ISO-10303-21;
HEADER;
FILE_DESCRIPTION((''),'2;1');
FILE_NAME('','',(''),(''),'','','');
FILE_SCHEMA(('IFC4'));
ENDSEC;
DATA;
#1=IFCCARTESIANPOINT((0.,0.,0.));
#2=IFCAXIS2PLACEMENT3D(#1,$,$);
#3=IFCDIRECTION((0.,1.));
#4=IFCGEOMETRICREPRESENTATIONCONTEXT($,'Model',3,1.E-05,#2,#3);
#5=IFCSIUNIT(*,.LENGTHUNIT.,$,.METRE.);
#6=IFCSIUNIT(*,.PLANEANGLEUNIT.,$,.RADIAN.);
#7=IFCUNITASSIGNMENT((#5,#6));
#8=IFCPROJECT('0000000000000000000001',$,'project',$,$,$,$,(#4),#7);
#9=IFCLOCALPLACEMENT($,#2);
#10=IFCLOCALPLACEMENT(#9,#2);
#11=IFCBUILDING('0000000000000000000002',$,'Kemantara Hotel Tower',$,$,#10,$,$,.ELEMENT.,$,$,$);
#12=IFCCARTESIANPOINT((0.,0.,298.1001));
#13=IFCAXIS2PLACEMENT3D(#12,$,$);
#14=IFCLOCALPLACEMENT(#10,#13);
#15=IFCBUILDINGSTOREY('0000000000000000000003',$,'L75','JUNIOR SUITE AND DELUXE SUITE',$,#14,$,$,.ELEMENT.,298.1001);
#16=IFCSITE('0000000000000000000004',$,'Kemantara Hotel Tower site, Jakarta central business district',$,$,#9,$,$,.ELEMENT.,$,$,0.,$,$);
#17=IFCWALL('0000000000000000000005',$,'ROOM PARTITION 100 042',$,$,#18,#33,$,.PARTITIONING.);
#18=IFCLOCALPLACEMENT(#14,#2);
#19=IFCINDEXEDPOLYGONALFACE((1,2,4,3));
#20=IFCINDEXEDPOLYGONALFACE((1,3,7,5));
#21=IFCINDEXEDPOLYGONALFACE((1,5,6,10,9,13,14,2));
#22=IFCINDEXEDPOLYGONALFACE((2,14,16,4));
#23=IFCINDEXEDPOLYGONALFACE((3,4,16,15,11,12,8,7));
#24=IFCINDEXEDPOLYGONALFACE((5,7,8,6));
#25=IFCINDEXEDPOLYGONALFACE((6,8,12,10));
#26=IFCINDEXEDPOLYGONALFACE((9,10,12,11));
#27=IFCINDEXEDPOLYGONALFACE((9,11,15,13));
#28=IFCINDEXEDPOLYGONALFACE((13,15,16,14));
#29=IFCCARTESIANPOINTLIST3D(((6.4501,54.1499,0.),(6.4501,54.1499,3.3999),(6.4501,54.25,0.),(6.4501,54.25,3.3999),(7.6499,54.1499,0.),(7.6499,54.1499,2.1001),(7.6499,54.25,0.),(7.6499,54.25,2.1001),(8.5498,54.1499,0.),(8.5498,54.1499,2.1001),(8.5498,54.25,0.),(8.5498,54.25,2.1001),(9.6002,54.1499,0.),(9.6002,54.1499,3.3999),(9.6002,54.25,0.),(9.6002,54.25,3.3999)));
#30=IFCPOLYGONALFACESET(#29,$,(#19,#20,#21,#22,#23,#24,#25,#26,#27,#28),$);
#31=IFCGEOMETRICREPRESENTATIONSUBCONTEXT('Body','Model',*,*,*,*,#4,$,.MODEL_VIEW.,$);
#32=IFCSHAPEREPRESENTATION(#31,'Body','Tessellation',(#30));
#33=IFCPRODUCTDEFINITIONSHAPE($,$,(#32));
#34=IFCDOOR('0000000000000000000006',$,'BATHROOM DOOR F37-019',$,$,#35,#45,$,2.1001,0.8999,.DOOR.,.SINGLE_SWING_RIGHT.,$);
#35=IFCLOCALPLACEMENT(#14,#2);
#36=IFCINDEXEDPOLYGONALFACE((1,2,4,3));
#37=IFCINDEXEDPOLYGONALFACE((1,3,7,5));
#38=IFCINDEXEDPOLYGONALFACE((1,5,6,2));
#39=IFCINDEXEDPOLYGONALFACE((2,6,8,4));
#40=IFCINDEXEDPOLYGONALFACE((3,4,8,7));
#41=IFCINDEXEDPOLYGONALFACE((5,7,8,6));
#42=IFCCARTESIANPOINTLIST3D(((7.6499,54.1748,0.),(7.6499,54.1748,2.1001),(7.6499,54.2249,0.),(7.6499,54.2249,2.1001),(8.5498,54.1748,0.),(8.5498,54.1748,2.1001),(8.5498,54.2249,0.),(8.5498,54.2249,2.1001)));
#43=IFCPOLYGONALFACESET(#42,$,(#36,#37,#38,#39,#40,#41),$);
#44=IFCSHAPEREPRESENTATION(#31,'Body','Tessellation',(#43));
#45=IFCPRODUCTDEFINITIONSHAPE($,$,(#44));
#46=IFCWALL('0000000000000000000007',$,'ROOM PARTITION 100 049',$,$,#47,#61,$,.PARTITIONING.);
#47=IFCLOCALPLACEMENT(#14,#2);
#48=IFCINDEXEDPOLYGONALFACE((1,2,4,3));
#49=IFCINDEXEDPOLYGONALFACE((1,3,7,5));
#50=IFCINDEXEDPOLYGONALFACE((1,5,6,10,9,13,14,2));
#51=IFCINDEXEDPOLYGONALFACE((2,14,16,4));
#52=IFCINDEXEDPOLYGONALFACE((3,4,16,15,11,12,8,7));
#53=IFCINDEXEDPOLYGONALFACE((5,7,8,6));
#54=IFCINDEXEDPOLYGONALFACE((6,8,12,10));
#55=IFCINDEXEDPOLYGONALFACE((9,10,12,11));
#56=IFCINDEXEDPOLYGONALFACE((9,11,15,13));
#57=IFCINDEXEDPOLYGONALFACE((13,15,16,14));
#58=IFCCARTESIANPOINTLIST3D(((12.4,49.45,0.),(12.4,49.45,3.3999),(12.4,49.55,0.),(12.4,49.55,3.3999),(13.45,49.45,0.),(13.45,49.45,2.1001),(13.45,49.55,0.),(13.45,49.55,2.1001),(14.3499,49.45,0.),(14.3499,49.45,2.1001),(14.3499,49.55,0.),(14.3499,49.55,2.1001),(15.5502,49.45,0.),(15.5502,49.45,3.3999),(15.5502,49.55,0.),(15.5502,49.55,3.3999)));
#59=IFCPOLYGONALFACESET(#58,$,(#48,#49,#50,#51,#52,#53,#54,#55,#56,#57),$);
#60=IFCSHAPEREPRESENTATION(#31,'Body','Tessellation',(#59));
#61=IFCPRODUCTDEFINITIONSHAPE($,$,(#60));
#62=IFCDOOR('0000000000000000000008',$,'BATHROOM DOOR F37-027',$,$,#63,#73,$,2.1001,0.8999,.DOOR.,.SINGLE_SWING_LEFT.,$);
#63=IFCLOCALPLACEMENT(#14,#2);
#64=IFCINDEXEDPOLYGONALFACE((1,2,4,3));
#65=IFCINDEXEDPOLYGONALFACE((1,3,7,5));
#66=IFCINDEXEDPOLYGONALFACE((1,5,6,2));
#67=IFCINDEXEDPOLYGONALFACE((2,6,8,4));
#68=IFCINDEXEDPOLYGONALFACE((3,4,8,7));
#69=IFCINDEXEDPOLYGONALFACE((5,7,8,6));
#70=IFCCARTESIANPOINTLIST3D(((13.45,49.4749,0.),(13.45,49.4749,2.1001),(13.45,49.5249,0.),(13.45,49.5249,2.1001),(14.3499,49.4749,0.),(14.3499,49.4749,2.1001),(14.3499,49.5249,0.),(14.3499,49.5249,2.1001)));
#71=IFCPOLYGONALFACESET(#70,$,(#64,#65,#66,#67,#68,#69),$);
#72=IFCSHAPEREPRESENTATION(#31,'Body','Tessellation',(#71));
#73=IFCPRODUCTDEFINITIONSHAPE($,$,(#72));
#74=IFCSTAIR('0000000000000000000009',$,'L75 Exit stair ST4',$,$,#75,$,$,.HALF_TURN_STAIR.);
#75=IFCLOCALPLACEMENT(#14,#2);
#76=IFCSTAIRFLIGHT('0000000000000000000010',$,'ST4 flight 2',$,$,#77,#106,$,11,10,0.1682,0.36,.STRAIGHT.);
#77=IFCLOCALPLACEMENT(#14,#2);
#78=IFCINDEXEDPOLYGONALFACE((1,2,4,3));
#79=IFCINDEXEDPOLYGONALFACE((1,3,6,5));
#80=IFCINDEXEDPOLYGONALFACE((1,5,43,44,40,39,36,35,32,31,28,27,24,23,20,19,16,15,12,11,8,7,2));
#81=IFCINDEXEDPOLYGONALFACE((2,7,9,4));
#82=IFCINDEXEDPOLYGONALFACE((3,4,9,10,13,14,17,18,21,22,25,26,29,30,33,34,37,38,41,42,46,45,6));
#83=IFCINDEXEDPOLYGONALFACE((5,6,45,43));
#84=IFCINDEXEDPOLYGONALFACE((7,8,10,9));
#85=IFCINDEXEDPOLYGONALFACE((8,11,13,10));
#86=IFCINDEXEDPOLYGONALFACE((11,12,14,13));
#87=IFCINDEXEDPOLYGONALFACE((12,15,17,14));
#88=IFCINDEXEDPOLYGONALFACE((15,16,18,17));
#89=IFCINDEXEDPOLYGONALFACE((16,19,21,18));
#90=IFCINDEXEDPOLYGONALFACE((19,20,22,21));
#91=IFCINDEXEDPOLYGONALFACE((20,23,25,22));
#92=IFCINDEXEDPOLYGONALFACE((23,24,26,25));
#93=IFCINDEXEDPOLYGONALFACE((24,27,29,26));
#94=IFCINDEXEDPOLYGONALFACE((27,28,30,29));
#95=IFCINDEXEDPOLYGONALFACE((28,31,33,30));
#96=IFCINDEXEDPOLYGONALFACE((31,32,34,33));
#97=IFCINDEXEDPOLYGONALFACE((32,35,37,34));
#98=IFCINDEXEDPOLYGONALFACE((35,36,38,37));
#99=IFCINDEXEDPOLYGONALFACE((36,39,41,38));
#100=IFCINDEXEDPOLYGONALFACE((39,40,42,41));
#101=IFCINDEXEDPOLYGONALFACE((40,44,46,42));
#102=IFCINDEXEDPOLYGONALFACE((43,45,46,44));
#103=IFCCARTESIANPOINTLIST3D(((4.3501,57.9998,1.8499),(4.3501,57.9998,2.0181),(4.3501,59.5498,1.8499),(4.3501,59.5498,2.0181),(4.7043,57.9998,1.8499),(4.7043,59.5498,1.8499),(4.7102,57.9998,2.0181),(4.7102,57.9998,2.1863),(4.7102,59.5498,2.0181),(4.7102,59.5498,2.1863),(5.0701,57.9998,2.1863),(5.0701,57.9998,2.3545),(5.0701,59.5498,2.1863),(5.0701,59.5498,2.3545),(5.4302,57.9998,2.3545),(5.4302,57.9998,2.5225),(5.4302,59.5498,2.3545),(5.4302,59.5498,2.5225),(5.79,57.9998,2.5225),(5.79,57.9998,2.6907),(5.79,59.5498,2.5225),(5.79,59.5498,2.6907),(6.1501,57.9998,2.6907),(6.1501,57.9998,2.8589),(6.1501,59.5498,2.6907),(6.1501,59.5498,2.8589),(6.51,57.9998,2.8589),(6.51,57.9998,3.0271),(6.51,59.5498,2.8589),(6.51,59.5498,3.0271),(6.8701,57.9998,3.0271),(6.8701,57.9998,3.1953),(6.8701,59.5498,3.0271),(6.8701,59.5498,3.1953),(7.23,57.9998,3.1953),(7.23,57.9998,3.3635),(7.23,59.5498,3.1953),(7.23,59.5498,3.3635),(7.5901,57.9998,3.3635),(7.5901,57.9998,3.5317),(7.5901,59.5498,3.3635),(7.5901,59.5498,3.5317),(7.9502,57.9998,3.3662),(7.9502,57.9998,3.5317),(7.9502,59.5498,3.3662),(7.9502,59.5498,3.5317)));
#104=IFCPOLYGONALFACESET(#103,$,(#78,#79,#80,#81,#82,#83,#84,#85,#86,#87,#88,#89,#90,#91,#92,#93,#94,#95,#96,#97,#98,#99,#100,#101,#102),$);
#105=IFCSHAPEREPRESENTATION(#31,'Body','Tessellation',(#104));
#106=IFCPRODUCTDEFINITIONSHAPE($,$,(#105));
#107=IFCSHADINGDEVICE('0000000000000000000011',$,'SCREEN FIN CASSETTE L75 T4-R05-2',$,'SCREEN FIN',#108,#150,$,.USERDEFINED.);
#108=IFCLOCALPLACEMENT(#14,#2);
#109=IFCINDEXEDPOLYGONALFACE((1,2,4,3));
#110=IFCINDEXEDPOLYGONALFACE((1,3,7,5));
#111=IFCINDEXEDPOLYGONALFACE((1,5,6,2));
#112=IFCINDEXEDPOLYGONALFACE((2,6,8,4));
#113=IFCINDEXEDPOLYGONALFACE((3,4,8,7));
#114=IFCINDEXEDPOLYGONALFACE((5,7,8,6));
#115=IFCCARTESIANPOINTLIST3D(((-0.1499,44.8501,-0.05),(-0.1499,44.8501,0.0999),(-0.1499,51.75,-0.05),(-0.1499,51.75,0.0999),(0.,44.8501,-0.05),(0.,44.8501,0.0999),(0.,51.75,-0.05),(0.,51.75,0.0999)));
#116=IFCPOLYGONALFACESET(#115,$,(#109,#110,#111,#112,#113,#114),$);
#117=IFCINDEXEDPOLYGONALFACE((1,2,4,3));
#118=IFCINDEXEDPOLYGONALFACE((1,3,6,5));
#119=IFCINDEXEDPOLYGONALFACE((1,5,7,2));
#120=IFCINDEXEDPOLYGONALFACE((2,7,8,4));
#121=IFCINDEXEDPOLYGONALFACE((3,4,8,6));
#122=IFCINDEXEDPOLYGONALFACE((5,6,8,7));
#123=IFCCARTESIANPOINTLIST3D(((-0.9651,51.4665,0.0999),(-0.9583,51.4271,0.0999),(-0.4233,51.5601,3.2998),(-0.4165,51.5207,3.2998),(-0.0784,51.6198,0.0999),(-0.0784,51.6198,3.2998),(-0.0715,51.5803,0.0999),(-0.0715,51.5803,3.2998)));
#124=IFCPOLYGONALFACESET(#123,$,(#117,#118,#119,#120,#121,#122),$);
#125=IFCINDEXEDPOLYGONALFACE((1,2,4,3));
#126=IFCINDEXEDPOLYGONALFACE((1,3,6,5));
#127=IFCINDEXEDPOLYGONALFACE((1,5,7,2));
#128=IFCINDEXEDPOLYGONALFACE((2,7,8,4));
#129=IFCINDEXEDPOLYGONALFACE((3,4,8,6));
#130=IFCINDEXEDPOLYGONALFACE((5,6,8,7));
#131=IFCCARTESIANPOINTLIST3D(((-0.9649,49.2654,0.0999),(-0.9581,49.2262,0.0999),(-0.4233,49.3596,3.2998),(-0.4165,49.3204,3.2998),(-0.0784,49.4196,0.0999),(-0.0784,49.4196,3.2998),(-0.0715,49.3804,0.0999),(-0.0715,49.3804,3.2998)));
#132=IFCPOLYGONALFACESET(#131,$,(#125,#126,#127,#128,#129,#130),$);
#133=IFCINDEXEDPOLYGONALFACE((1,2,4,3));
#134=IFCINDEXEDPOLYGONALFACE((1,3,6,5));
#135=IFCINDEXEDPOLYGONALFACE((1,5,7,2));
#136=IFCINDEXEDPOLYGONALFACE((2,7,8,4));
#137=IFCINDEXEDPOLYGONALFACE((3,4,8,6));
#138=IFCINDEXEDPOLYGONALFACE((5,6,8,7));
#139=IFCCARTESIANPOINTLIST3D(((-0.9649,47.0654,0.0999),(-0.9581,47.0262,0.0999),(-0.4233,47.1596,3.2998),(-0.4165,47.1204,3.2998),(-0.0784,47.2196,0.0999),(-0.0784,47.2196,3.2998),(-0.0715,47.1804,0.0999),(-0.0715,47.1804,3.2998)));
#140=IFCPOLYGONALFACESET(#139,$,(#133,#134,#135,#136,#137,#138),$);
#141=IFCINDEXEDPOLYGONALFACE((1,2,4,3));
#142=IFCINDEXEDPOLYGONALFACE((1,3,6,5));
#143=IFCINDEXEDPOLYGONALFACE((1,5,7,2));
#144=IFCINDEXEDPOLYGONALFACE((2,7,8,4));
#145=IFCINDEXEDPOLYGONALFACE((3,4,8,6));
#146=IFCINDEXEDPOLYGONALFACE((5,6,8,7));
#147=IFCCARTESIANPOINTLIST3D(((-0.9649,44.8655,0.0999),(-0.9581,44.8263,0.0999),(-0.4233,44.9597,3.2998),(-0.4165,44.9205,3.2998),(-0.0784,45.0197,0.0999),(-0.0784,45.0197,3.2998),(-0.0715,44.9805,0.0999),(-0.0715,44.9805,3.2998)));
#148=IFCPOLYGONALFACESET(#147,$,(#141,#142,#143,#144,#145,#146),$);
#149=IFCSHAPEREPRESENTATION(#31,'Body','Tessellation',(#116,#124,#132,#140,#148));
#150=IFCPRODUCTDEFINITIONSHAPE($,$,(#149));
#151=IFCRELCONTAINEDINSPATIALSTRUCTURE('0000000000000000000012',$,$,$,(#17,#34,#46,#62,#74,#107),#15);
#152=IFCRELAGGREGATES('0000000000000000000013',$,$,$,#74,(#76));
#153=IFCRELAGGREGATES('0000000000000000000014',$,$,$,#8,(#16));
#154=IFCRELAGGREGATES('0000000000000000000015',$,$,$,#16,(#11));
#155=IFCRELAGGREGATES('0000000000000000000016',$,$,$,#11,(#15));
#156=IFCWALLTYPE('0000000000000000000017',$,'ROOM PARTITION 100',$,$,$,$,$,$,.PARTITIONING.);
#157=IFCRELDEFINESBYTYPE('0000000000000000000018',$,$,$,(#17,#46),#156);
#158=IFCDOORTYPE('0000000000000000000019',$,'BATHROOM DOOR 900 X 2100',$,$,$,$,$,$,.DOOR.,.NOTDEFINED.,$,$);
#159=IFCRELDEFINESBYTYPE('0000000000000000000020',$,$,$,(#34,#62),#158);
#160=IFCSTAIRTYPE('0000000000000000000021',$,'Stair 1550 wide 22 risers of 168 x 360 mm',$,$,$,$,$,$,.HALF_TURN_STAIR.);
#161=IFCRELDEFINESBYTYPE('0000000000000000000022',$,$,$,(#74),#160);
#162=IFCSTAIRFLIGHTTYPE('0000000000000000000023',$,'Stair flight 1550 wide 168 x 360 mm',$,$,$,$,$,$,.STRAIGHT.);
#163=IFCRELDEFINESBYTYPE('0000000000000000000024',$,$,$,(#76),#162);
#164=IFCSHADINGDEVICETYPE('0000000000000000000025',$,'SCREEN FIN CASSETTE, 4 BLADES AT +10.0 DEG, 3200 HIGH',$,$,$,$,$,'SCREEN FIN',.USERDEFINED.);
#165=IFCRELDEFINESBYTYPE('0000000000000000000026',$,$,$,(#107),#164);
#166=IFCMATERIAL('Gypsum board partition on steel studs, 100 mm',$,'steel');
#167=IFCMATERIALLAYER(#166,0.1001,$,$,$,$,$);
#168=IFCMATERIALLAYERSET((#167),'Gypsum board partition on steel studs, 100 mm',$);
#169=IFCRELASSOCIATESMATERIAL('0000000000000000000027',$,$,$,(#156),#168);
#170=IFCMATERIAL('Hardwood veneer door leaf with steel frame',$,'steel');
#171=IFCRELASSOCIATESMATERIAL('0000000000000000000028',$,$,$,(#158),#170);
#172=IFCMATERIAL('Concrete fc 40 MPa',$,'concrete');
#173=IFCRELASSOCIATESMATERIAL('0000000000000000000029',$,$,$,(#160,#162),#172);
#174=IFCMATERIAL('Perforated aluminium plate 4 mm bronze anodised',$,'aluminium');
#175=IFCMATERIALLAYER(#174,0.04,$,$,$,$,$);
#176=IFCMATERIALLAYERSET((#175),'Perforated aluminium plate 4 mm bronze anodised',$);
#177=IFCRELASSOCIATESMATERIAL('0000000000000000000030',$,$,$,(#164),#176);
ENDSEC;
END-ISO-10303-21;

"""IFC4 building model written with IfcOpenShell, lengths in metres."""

from ifc_helpers import new_model, si_unit, direction, frame, frame_2d, origin, origin_2d, place, context, subcontext, project, spatial, polyline, rectangle, outline, extrude, source, transform, mapped, material, layer, layer_set, type_object, element, fill, aggregate, save


model = new_model("IFC4")

# Units and contexts
model_context = context("Model", 3, precision=1e-05, world=origin(), true_north=direction((0.0, 1.0)))
body_context = subcontext(model_context, "Body", "Model", "MODEL_VIEW")
ifc_project = project(units=[si_unit("LENGTHUNIT", "METRE"), si_unit("PLANEANGLEUNIT", "RADIAN")], contexts=[model_context])

# Site, building, storey
site_placement = place(None, origin())
site = spatial("IfcSite", under=ifc_project, at=site_placement, Name="Kemantara Hotel Tower site, Jakarta central business district", CompositionType="ELEMENT", RefElevation=0.0)
building_placement = place(site_placement, origin())
building = spatial("IfcBuilding", under=site, at=building_placement, Name="Kemantara Hotel Tower", CompositionType="ELEMENT")
storey_placement = place(building_placement, frame((0.0, 0.0, 298.1001)))
storey = spatial("IfcBuildingStorey", under=building, at=storey_placement, Name="L75", Description="JUNIOR SUITE AND DELUXE SUITE", CompositionType="ELEMENT", Elevation=298.1001)

# Shared definitions
ifc_material_1 = material(Name="Hardwood veneer door leaf with steel frame", Category="steel")
ifc_material_2 = material(Name="Concrete fc 40 MPa", Category="concrete")

# Shared definitions
ifc_material_3 = material(Name="Gypsum board partition on steel studs, 100 mm", Category="steel")
ifc_layer_1 = layer(ifc_material_3, 0.1001)
ifc_layer_set_1 = layer_set([ifc_layer_1], Name="Gypsum board partition on steel studs, 100 mm")
wall_type_1 = type_object("IfcWallType", Name="ROOM PARTITION 100", PredefinedType="PARTITIONING", material=ifc_layer_set_1)

# Walls, openings, doors
wall_1_placement = place(storey_placement, frame((6.45, 54.2, 0.0), z_axis=(0.0, 0.0, 1.0), x_axis=(1.0, 0.0, 0.0)))
wall_1 = element("IfcWall", 1, at=wall_1_placement, inside=storey, type_object=wall_type_1, Name="ROOM PARTITION 100 042", PredefinedType="PARTITIONING", context=body_context, shape_type="SweptSolid", body=[
    extrude(rectangle(XDim=3.1501, YDim=0.1001, at=frame_2d((1.5752, 0.0))), origin(), (0.0, 0.0, 1.0), 3.3999),
])
opening_1_placement = place(wall_1_placement, frame((1.2, 0.0, 0.0)))
opening_1 = element("IfcOpeningElement", 2, at=opening_1_placement, cuts=wall_1, PredefinedType="OPENING", context=body_context, shape_type="SweptSolid", body=[
    extrude(rectangle(XDim=0.8999, YDim=2.1001, at=frame_2d((0.45, 1.05))), frame((0.0, 0.0601, 0.0), z_axis=(0.0, -1.0, 0.0), x_axis=(1.0, 0.0, 0.0)), (0.0, 0.0, 1.0), 0.1201),
])
door_type_1 = type_object("IfcDoorType", Name="BATHROOM DOOR 900 X 2100", OperationType="NOTDEFINED", PredefinedType="DOOR", material=ifc_material_1)
door_1_placement = place(opening_1_placement, origin())
door_1 = element("IfcDoor", 3, at=door_1_placement, inside=storey, type_object=door_type_1, Name="BATHROOM DOOR F37-019", OperationType="SINGLE_SWING_RIGHT", OverallHeight=2.1001, OverallWidth=0.8999, PredefinedType="DOOR", context=body_context, shape_type="SweptSolid", body=[
    extrude(rectangle(XDim=0.8999, YDim=2.1001, at=frame_2d((0.45, 1.05))), frame((0.0, 0.0249, 0.0), z_axis=(0.0, -1.0, 0.0), x_axis=(1.0, 0.0, 0.0)), (0.0, 0.0, 1.0), 0.05),
])
fill(opening_1, door_1)
wall_2_placement = place(storey_placement, frame((12.3999, 49.5, 0.0), z_axis=(0.0, 0.0, 1.0), x_axis=(1.0, 0.0, 0.0)))
wall_2 = element("IfcWall", 4, at=wall_2_placement, inside=storey, type_object=wall_type_1, Name="ROOM PARTITION 100 049", PredefinedType="PARTITIONING", context=body_context, shape_type="SweptSolid", body=[
    extrude(rectangle(XDim=3.1501, YDim=0.1001, at=frame_2d((1.5752, 0.0))), origin(), (0.0, 0.0, 1.0), 3.3999),
])
opening_2_placement = place(wall_2_placement, frame((1.05, 0.0, 0.0)))
opening_2 = element("IfcOpeningElement", 5, at=opening_2_placement, cuts=wall_2, PredefinedType="OPENING", context=body_context, shape_type="SweptSolid", body=[
    extrude(rectangle(XDim=0.8999, YDim=2.1001, at=frame_2d((0.45, 1.05))), frame((0.0, 0.0601, 0.0), z_axis=(0.0, -1.0, 0.0), x_axis=(1.0, 0.0, 0.0)), (0.0, 0.0, 1.0), 0.1201),
])
door_2_placement = place(opening_2_placement, origin())
door_2 = element("IfcDoor", 6, at=door_2_placement, inside=storey, type_object=door_type_1, Name="BATHROOM DOOR F37-027", OperationType="SINGLE_SWING_LEFT", OverallHeight=2.1001, OverallWidth=0.8999, PredefinedType="DOOR", context=body_context, shape_type="SweptSolid", body=[
    extrude(rectangle(XDim=0.8999, YDim=2.1001, at=frame_2d((0.45, 1.05))), frame((0.0, 0.0249, 0.0), z_axis=(0.0, -1.0, 0.0), x_axis=(1.0, 0.0, 0.0)), (0.0, 0.0, 1.0), 0.05),
])
fill(opening_2, door_2)

# Stair, stair flight
stair_type = type_object("IfcStairType", Name="Stair 1550 wide 22 risers of 168 x 360 mm", PredefinedType="HALF_TURN_STAIR", material=ifc_material_2)
stair_placement = place(storey_placement, origin())
stair = element("IfcStair", 7, at=stair_placement, inside=storey, type_object=stair_type, Name="L75 Exit stair ST4", PredefinedType="HALF_TURN_STAIR")
stair_flight_type = type_object("IfcStairFlightType", Name="Stair flight 1550 wide 168 x 360 mm", PredefinedType="STRAIGHT", material=ifc_material_2)
stair_flight_placement = place(storey_placement, frame((4.3501, 58.7749, 1.8499), z_axis=(0.0, 0.0, 1.0), x_axis=(1.0, 0.0, 0.0)))
stair_flight = element("IfcStairFlight", 8, at=stair_flight_placement, type_object=stair_flight_type, Name="ST4 flight 2", NumberOfRisers=11, NumberOfTreads=10, PredefinedType="STRAIGHT", RiserHeight=0.1682, TreadLength=0.36, context=body_context, shape_type="SweptSolid", body=[
    extrude(outline(polyline([(0.0, 0.0), (0.0, 0.1682), (0.3601, 0.1682), (0.3601, 0.3364), (0.72, 0.3364), (0.72, 0.5046), (1.0801, 0.5046), (1.0801, 0.6726), (1.4399, 0.6726), (1.4399, 0.8408), (1.8, 0.8408), (1.8, 1.009), (2.1599, 1.009), (2.1599, 1.1772), (2.52, 1.1772), (2.52, 1.3455), (2.8799, 1.3455), (2.8799, 1.5137), (3.24, 1.5137), (3.24, 1.6819), (3.6001, 1.6819), (3.6001, 1.8501), (3.6001, 1.5164), (0.3542, 0.0), (0.0, 0.0)])), frame((0.0, 0.7749, 0.0), z_axis=(0.0, -1.0, 0.0), x_axis=(1.0, 0.0, 0.0)), (0.0, 0.0, 1.0), 1.55),
])
aggregate(stair, [stair_flight])

# Shading device
ifc_material_4 = material(Name="Perforated aluminium plate 4 mm bronze anodised", Category="aluminium")
ifc_layer_2 = layer(ifc_material_4, 0.04)
ifc_layer_set_2 = layer_set([ifc_layer_2], Name="Perforated aluminium plate 4 mm bronze anodised")
shading_device_type_1 = type_object("IfcShadingDeviceType", Name="SCREEN FIN CASSETTE, 4 BLADES AT +10.0 DEG, 3200 HIGH", ElementType="SCREEN FIN", PredefinedType="USERDEFINED", material=ifc_layer_set_2)
shared_shape_1 = source(origin(), body_context, "Body", "SweptSolid", [
    extrude(rectangle(XDim=6.8999, YDim=0.1499, at=origin_2d()), frame((3.3, -0.075, -0.1499), z_axis=(0.0, 0.0, 1.0), x_axis=(1.0, 0.0, 0.0)), (0.0, 0.0, 1.0), 0.1499),
    extrude(outline(polyline([(0.0, 0.0), (0.8999, 0.0), (0.3501, 3.2), (0.0, 3.2), (0.0, 0.0)])), frame((0.0198, -0.0715, 0.0), z_axis=(-0.98539, -0.170314, 0.0), x_axis=(0.170314, -0.98539, 0.0)), (0.0, 0.0, 1.0), 0.04),
    extrude(outline(polyline([(0.0, 0.0), (0.8999, 0.0), (0.3501, 3.2), (0.0, 3.2), (0.0, 0.0)])), frame((2.2197, -0.0715, 0.0), z_axis=(-0.985212, -0.171341, 0.0), x_axis=(0.171341, -0.985212, 0.0)), (0.0, 0.0, 1.0), 0.0398),
    extrude(outline(polyline([(0.0, 0.0), (0.8999, 0.0), (0.3501, 3.2), (0.0, 3.2), (0.0, 0.0)])), frame((4.4197, -0.0715, 0.0), z_axis=(-0.985212, -0.171341, 0.0), x_axis=(0.171341, -0.985212, 0.0)), (0.0, 0.0, 1.0), 0.0398),
    extrude(outline(polyline([(0.0, 0.0), (0.8999, 0.0), (0.3501, 3.2), (0.0, 3.2), (0.0, 0.0)])), frame((6.6196, -0.0715, 0.0), z_axis=(-0.985212, -0.171341, 0.0), x_axis=(0.171341, -0.985212, 0.0)), (0.0, 0.0, 1.0), 0.0398),
])
shading_device_1_placement = place(storey_placement, frame((0.0, 51.6001, 0.0999), z_axis=(0.0, 0.0, 1.0), x_axis=(0.0, -1.0, 0.0)))
element("IfcShadingDevice", 9, at=shading_device_1_placement, inside=storey, type_object=shading_device_type_1, Name="SCREEN FIN CASSETTE L75 T4-R05-2", ObjectType="SCREEN FIN", PredefinedType="USERDEFINED", context=body_context, shape_type="MappedRepresentation", body=[
    mapped(shared_shape_1, transform((0.0, 0.0, 0.0))),
])

save(model, "model.ifc")
